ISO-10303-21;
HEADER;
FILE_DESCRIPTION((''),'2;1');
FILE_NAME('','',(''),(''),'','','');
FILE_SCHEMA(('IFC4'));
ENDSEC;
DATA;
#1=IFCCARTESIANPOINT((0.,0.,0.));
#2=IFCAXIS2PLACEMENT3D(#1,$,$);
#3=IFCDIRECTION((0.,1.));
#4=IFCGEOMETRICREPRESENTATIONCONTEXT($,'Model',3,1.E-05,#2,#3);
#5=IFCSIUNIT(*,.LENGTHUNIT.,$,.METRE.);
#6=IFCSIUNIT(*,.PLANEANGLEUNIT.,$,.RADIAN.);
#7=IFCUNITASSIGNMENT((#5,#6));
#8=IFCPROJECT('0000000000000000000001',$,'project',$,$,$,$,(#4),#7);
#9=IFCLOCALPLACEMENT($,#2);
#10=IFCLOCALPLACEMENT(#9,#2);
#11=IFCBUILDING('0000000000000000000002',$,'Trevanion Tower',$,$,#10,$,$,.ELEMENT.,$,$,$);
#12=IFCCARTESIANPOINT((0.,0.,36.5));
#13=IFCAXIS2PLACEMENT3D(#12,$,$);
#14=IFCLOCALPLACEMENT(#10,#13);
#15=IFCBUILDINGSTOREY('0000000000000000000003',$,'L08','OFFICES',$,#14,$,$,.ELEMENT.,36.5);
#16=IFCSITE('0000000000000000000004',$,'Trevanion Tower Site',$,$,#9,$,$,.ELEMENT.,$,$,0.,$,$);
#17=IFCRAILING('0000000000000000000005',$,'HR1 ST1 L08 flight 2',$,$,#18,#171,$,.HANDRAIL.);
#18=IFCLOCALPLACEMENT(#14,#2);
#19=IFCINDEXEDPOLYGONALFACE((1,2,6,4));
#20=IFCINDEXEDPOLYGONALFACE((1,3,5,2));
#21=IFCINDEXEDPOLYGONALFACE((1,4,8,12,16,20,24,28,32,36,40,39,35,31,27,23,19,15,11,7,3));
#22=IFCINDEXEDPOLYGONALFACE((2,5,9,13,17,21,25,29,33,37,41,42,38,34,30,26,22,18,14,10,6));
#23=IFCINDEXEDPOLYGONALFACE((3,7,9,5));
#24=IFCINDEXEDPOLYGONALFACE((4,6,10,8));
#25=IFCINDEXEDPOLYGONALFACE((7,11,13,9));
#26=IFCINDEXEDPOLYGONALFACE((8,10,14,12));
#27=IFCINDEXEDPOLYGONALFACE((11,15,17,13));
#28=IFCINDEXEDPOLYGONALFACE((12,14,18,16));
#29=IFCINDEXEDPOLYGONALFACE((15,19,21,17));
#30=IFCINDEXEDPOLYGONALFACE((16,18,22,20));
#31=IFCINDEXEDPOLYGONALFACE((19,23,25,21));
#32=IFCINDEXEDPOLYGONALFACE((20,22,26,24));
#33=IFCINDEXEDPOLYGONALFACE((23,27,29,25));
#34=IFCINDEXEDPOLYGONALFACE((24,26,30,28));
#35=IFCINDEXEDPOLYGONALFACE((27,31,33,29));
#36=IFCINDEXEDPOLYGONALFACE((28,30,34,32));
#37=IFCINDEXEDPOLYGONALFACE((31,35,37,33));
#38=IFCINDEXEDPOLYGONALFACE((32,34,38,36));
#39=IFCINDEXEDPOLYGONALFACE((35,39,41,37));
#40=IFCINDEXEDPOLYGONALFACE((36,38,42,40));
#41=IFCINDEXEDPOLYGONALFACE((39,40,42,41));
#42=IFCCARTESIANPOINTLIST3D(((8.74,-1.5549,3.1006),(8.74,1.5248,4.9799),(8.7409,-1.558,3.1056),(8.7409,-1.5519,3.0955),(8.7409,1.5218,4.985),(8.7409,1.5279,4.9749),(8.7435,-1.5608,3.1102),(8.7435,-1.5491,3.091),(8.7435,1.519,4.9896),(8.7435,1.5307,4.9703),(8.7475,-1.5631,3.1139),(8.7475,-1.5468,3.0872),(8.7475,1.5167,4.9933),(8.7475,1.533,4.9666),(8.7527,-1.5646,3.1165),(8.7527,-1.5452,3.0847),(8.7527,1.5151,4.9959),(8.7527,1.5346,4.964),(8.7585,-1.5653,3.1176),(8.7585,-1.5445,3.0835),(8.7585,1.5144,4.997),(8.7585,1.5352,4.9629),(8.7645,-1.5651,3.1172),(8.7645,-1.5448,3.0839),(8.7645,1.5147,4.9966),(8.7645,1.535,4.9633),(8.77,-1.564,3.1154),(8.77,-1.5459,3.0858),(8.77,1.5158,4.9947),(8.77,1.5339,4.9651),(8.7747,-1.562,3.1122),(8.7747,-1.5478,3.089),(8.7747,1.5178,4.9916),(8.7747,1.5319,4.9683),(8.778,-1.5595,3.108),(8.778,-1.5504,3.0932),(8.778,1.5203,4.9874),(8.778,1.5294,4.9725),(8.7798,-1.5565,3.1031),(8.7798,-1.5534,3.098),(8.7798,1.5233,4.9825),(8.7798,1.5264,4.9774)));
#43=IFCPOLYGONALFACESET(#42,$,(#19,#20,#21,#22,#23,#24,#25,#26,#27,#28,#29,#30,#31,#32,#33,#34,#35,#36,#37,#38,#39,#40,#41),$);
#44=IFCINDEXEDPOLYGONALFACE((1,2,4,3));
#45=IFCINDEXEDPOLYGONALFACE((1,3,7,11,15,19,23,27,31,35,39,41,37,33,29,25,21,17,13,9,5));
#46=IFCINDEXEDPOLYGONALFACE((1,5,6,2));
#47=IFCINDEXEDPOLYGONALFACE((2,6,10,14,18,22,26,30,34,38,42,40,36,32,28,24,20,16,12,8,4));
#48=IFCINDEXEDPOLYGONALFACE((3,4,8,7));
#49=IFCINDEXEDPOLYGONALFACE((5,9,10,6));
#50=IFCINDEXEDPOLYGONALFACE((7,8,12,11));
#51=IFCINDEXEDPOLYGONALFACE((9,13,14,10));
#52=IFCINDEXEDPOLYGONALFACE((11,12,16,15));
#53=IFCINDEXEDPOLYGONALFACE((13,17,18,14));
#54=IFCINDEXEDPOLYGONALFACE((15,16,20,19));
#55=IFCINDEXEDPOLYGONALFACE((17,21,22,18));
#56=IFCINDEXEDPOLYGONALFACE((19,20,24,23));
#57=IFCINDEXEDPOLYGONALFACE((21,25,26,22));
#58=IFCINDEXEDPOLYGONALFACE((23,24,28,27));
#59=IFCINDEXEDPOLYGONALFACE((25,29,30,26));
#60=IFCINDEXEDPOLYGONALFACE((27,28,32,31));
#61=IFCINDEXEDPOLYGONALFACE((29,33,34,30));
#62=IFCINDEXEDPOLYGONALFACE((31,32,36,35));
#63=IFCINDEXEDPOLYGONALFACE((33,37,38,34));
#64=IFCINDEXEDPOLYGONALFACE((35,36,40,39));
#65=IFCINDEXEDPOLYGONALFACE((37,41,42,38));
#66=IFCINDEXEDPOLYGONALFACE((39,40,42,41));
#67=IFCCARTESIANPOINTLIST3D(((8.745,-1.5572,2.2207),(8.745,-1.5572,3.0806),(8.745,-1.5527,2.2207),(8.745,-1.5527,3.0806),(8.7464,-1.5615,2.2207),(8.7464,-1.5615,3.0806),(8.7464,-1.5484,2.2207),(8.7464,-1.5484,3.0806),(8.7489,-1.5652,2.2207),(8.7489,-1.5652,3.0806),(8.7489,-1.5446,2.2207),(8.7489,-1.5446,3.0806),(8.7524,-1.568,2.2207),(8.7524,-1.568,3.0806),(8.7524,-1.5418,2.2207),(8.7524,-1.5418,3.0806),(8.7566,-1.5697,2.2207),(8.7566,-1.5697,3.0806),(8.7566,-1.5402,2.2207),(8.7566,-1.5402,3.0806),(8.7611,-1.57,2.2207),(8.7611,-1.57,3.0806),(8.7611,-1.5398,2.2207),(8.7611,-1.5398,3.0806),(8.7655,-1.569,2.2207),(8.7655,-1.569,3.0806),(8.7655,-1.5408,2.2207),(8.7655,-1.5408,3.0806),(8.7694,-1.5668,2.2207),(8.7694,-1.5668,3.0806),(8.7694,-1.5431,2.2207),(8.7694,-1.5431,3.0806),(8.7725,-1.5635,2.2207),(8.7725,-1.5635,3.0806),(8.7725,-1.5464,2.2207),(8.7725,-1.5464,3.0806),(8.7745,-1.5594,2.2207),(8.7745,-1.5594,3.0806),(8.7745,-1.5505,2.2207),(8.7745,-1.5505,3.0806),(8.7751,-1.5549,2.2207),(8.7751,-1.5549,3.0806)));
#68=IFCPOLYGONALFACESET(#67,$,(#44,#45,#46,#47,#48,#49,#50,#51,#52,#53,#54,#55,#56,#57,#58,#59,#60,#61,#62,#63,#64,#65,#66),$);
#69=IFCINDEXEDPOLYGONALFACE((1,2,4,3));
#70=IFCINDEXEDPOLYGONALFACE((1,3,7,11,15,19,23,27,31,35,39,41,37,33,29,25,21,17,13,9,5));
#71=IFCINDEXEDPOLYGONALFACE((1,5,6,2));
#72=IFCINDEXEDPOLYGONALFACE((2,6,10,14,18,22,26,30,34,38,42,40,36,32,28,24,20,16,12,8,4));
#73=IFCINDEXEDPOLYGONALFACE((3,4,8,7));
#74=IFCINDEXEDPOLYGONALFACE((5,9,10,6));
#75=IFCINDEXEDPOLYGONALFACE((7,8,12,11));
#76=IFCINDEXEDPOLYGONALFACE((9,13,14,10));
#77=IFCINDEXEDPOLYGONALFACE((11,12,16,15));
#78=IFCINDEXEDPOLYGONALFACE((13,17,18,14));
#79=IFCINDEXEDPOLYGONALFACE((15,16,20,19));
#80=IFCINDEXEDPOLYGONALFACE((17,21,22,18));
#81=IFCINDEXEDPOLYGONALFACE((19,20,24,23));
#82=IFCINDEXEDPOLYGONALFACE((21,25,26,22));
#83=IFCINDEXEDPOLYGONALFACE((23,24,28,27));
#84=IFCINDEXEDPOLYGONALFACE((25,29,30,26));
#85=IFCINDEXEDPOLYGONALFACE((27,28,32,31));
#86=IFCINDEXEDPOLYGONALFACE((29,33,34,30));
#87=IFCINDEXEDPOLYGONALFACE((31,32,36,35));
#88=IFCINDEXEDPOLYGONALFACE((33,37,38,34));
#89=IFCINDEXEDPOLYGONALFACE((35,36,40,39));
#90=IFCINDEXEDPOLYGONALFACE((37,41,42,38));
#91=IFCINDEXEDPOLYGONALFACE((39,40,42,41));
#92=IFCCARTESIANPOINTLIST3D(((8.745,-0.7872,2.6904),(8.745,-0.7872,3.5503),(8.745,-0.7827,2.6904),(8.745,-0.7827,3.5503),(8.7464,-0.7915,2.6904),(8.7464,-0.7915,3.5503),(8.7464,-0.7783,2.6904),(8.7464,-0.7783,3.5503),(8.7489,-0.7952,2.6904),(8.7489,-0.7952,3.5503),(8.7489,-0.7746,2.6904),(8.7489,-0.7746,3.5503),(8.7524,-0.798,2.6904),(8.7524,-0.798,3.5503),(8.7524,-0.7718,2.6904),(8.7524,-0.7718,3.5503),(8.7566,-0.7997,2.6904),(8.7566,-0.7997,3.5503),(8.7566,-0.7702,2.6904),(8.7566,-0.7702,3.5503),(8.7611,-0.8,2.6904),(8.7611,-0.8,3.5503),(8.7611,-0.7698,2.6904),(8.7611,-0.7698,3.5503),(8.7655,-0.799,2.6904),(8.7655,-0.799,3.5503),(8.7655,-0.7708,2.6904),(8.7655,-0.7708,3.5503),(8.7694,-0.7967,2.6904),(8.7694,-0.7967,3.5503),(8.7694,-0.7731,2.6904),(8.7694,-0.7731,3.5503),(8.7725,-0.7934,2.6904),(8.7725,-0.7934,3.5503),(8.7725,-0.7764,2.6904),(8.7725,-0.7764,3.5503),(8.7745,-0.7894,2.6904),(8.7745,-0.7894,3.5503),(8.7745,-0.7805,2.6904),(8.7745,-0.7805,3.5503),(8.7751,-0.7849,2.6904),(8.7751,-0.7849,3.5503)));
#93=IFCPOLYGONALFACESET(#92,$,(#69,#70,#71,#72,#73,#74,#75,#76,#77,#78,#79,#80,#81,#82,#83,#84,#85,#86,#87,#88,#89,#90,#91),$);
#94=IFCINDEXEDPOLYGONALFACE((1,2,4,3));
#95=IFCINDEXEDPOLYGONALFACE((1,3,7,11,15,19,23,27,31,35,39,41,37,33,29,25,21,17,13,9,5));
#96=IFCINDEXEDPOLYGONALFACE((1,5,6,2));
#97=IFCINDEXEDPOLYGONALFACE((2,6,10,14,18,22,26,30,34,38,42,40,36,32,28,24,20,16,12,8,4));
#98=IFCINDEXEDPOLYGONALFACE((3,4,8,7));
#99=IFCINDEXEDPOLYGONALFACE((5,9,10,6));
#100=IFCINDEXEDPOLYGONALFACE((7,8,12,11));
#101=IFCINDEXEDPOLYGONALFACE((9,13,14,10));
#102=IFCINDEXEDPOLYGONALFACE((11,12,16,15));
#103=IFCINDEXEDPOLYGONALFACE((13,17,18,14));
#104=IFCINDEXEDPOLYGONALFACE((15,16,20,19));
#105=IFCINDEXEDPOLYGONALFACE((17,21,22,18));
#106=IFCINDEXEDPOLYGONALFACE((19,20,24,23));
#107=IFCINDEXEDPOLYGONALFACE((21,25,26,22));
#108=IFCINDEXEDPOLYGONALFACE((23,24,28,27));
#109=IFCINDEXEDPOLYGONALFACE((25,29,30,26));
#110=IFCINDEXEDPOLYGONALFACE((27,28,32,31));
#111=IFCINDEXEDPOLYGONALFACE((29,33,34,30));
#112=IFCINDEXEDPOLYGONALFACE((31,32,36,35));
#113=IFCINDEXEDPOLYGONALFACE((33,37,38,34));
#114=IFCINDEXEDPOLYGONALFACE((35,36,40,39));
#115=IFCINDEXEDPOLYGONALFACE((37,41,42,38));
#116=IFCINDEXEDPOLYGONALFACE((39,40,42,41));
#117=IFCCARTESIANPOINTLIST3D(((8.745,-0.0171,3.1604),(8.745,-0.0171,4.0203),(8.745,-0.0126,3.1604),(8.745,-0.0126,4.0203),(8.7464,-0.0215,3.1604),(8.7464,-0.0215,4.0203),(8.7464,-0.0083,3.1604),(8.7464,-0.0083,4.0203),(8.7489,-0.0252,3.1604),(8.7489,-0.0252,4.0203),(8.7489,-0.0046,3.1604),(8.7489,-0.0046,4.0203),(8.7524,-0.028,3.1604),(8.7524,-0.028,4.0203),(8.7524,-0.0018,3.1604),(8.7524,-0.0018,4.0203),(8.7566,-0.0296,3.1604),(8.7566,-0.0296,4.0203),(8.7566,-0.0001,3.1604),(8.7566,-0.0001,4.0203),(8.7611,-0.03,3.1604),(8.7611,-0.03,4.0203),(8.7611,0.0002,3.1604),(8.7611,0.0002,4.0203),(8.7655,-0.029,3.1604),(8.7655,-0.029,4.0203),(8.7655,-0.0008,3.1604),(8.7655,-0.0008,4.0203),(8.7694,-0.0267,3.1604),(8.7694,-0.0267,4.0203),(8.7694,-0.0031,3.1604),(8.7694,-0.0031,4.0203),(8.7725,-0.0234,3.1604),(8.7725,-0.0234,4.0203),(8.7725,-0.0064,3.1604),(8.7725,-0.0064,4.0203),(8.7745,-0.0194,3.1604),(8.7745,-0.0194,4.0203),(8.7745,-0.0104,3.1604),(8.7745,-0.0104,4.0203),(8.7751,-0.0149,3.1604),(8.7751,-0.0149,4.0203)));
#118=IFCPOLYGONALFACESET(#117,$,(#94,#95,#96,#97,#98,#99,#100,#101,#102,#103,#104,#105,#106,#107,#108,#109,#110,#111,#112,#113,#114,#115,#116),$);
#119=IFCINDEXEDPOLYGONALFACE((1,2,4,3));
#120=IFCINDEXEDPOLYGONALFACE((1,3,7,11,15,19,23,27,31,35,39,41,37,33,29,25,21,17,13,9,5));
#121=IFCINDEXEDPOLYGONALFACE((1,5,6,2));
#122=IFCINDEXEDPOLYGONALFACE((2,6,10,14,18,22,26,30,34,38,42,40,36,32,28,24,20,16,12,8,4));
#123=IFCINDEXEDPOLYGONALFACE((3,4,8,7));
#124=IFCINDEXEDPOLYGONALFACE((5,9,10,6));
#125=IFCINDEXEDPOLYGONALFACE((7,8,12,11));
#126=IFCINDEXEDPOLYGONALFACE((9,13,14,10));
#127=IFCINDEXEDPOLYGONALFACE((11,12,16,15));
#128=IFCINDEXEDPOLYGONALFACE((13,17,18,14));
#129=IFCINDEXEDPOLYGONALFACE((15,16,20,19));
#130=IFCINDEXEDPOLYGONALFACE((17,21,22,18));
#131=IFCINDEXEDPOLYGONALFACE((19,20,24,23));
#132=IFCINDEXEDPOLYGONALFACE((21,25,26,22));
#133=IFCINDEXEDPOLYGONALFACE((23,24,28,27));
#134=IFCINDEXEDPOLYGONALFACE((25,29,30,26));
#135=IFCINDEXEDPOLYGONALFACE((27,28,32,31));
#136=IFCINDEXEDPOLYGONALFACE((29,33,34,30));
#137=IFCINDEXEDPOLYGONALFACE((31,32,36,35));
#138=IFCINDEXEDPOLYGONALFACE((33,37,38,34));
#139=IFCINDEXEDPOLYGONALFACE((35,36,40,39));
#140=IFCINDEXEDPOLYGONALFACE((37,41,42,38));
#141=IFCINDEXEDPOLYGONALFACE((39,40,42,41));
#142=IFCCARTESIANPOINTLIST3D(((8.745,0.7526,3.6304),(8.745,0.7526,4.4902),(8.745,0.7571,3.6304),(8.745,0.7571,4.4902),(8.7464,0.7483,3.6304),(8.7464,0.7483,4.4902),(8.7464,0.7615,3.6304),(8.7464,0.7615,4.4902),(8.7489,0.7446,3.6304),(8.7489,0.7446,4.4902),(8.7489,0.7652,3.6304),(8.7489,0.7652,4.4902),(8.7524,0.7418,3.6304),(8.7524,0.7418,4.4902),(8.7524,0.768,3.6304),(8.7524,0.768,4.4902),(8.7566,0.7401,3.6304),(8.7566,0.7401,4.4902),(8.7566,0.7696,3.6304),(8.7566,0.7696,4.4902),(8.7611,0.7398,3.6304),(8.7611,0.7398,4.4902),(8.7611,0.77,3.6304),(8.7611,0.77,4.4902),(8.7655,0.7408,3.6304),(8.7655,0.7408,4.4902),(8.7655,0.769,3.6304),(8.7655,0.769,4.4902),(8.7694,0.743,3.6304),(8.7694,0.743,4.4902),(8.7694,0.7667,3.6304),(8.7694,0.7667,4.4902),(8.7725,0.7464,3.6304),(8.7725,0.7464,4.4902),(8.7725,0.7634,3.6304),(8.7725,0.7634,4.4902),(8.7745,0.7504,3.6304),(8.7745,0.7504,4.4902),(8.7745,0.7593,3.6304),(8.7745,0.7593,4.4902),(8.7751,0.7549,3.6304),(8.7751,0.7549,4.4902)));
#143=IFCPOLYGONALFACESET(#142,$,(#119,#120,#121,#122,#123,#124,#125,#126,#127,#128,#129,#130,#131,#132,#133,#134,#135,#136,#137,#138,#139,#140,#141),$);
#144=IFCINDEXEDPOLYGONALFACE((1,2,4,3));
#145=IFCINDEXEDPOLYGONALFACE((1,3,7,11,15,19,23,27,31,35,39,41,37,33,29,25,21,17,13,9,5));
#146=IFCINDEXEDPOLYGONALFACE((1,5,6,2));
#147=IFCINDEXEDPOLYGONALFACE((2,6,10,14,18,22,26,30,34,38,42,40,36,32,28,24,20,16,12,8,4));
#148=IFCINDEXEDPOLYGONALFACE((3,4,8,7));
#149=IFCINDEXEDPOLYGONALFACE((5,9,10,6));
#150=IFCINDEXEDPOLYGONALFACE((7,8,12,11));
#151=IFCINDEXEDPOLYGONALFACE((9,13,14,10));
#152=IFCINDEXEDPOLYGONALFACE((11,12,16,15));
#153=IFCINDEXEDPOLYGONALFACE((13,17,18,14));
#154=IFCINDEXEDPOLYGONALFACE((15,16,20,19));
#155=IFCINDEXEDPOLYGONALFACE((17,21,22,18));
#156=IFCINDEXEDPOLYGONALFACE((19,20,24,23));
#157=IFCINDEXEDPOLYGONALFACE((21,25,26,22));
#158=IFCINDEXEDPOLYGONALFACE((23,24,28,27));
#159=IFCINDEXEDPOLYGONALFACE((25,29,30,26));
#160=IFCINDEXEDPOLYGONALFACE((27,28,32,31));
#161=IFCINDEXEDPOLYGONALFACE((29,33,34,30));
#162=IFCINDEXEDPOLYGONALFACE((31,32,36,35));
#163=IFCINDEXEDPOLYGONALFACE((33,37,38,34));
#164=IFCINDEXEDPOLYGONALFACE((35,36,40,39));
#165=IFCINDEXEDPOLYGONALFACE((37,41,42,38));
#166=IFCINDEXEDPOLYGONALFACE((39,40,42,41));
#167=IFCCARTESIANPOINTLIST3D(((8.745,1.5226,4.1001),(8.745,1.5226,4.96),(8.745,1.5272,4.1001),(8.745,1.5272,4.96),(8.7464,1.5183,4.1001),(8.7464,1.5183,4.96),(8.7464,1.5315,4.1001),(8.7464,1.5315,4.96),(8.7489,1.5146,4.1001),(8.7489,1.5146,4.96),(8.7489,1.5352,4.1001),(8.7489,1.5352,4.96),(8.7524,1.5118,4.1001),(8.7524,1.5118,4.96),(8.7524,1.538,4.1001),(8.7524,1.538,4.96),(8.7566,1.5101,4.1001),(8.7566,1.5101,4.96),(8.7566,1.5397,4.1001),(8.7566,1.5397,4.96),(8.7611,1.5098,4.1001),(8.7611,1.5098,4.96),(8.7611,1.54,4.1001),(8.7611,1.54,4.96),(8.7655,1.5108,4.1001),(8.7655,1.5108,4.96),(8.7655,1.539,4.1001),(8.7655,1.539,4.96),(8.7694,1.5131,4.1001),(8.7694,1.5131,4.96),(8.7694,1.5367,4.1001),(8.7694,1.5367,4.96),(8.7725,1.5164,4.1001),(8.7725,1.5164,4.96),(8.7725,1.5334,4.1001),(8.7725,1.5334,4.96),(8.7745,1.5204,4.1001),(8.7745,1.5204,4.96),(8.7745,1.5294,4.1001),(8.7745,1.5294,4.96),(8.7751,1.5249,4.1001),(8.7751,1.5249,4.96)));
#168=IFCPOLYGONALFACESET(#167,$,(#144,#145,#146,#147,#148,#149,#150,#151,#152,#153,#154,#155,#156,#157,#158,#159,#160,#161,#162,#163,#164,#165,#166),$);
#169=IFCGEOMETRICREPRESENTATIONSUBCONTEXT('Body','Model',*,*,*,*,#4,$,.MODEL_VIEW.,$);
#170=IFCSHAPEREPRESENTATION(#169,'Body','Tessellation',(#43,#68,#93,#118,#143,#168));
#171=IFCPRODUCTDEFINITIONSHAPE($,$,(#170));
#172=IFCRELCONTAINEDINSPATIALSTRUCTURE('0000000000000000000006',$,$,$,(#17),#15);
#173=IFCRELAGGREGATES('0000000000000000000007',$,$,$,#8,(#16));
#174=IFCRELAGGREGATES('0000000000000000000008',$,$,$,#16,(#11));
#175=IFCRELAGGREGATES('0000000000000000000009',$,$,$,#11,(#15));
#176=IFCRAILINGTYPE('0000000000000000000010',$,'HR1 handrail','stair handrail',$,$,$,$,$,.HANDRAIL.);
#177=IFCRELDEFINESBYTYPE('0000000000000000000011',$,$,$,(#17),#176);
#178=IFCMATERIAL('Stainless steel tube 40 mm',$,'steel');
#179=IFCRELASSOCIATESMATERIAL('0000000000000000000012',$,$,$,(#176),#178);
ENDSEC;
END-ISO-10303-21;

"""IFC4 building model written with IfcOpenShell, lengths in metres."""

from ifc_helpers import new_model, si_unit, direction, frame, origin, origin_2d, place, context, subcontext, project, spatial, circle, extrude, material, type_object, element, save


model = new_model("IFC4")

# Units and contexts
model_context = context("Model", 3, precision=1e-05, world=origin(), true_north=direction((0.0, 1.0)))
body_context = subcontext(model_context, "Body", "Model", "MODEL_VIEW")
ifc_project = project(units=[si_unit("LENGTHUNIT", "METRE"), si_unit("PLANEANGLEUNIT", "RADIAN")], contexts=[model_context])

# Site, building, storey
site_placement = place(None, origin())
site = spatial("IfcSite", under=ifc_project, at=site_placement, Name="Trevanion Tower Site", CompositionType="ELEMENT", RefElevation=0.0)
building_placement = place(site_placement, origin())
building = spatial("IfcBuilding", under=site, at=building_placement, Name="Trevanion Tower", CompositionType="ELEMENT")
storey_placement = place(building_placement, frame((0.0, 0.0, 36.5)))
storey = spatial("IfcBuildingStorey", under=building, at=storey_placement, Name="L08", Description="OFFICES", CompositionType="ELEMENT", Elevation=36.5)

# Railing
ifc_material_1 = material(Name="Stainless steel tube 40 mm", Category="steel")
railing_type = type_object("IfcRailingType", Name="HR1 handrail", Description="stair handrail", PredefinedType="HANDRAIL", material=ifc_material_1)
for number, where, name in (
    (1, (8.76, -1.5549, 2.2207), "HR1 ST1 L08 flight 2"),
):
    element("IfcRailing", number, at=place(storey_placement, frame(where)), inside=storey, type_object=railing_type, Name=name, PredefinedType="HANDRAIL", context=body_context, shape_type="SweptSolid", body=[
        extrude(circle(Radius=0.02, at=origin_2d()), frame((0.0, 0.0, 0.8799), z_axis=(0.0, 0.853618, 0.5209), x_axis=(-1.0, 0.0, 0.0)), (0.0, 0.0, 1.0), 3.6079),
        extrude(circle(Radius=0.0151, at=origin_2d()), origin(), (0.0, 0.0, 1.0), 0.8599),
        extrude(circle(Radius=0.0151, at=origin_2d()), frame((0.0, 0.77, 0.4697)), (0.0, 0.0, 1.0), 0.8599),
        extrude(circle(Radius=0.0151, at=origin_2d()), frame((0.0, 1.54, 0.9397)), (0.0, 0.0, 1.0), 0.8599),
        extrude(circle(Radius=0.0151, at=origin_2d()), frame((0.0, 2.3098, 1.4097)), (0.0, 0.0, 1.0), 0.8599),
        extrude(circle(Radius=0.0151, at=origin_2d()), frame((0.0, 3.0798, 1.8794)), (0.0, 0.0, 1.0), 0.8599),
    ])

save(model, "model.ifc")
